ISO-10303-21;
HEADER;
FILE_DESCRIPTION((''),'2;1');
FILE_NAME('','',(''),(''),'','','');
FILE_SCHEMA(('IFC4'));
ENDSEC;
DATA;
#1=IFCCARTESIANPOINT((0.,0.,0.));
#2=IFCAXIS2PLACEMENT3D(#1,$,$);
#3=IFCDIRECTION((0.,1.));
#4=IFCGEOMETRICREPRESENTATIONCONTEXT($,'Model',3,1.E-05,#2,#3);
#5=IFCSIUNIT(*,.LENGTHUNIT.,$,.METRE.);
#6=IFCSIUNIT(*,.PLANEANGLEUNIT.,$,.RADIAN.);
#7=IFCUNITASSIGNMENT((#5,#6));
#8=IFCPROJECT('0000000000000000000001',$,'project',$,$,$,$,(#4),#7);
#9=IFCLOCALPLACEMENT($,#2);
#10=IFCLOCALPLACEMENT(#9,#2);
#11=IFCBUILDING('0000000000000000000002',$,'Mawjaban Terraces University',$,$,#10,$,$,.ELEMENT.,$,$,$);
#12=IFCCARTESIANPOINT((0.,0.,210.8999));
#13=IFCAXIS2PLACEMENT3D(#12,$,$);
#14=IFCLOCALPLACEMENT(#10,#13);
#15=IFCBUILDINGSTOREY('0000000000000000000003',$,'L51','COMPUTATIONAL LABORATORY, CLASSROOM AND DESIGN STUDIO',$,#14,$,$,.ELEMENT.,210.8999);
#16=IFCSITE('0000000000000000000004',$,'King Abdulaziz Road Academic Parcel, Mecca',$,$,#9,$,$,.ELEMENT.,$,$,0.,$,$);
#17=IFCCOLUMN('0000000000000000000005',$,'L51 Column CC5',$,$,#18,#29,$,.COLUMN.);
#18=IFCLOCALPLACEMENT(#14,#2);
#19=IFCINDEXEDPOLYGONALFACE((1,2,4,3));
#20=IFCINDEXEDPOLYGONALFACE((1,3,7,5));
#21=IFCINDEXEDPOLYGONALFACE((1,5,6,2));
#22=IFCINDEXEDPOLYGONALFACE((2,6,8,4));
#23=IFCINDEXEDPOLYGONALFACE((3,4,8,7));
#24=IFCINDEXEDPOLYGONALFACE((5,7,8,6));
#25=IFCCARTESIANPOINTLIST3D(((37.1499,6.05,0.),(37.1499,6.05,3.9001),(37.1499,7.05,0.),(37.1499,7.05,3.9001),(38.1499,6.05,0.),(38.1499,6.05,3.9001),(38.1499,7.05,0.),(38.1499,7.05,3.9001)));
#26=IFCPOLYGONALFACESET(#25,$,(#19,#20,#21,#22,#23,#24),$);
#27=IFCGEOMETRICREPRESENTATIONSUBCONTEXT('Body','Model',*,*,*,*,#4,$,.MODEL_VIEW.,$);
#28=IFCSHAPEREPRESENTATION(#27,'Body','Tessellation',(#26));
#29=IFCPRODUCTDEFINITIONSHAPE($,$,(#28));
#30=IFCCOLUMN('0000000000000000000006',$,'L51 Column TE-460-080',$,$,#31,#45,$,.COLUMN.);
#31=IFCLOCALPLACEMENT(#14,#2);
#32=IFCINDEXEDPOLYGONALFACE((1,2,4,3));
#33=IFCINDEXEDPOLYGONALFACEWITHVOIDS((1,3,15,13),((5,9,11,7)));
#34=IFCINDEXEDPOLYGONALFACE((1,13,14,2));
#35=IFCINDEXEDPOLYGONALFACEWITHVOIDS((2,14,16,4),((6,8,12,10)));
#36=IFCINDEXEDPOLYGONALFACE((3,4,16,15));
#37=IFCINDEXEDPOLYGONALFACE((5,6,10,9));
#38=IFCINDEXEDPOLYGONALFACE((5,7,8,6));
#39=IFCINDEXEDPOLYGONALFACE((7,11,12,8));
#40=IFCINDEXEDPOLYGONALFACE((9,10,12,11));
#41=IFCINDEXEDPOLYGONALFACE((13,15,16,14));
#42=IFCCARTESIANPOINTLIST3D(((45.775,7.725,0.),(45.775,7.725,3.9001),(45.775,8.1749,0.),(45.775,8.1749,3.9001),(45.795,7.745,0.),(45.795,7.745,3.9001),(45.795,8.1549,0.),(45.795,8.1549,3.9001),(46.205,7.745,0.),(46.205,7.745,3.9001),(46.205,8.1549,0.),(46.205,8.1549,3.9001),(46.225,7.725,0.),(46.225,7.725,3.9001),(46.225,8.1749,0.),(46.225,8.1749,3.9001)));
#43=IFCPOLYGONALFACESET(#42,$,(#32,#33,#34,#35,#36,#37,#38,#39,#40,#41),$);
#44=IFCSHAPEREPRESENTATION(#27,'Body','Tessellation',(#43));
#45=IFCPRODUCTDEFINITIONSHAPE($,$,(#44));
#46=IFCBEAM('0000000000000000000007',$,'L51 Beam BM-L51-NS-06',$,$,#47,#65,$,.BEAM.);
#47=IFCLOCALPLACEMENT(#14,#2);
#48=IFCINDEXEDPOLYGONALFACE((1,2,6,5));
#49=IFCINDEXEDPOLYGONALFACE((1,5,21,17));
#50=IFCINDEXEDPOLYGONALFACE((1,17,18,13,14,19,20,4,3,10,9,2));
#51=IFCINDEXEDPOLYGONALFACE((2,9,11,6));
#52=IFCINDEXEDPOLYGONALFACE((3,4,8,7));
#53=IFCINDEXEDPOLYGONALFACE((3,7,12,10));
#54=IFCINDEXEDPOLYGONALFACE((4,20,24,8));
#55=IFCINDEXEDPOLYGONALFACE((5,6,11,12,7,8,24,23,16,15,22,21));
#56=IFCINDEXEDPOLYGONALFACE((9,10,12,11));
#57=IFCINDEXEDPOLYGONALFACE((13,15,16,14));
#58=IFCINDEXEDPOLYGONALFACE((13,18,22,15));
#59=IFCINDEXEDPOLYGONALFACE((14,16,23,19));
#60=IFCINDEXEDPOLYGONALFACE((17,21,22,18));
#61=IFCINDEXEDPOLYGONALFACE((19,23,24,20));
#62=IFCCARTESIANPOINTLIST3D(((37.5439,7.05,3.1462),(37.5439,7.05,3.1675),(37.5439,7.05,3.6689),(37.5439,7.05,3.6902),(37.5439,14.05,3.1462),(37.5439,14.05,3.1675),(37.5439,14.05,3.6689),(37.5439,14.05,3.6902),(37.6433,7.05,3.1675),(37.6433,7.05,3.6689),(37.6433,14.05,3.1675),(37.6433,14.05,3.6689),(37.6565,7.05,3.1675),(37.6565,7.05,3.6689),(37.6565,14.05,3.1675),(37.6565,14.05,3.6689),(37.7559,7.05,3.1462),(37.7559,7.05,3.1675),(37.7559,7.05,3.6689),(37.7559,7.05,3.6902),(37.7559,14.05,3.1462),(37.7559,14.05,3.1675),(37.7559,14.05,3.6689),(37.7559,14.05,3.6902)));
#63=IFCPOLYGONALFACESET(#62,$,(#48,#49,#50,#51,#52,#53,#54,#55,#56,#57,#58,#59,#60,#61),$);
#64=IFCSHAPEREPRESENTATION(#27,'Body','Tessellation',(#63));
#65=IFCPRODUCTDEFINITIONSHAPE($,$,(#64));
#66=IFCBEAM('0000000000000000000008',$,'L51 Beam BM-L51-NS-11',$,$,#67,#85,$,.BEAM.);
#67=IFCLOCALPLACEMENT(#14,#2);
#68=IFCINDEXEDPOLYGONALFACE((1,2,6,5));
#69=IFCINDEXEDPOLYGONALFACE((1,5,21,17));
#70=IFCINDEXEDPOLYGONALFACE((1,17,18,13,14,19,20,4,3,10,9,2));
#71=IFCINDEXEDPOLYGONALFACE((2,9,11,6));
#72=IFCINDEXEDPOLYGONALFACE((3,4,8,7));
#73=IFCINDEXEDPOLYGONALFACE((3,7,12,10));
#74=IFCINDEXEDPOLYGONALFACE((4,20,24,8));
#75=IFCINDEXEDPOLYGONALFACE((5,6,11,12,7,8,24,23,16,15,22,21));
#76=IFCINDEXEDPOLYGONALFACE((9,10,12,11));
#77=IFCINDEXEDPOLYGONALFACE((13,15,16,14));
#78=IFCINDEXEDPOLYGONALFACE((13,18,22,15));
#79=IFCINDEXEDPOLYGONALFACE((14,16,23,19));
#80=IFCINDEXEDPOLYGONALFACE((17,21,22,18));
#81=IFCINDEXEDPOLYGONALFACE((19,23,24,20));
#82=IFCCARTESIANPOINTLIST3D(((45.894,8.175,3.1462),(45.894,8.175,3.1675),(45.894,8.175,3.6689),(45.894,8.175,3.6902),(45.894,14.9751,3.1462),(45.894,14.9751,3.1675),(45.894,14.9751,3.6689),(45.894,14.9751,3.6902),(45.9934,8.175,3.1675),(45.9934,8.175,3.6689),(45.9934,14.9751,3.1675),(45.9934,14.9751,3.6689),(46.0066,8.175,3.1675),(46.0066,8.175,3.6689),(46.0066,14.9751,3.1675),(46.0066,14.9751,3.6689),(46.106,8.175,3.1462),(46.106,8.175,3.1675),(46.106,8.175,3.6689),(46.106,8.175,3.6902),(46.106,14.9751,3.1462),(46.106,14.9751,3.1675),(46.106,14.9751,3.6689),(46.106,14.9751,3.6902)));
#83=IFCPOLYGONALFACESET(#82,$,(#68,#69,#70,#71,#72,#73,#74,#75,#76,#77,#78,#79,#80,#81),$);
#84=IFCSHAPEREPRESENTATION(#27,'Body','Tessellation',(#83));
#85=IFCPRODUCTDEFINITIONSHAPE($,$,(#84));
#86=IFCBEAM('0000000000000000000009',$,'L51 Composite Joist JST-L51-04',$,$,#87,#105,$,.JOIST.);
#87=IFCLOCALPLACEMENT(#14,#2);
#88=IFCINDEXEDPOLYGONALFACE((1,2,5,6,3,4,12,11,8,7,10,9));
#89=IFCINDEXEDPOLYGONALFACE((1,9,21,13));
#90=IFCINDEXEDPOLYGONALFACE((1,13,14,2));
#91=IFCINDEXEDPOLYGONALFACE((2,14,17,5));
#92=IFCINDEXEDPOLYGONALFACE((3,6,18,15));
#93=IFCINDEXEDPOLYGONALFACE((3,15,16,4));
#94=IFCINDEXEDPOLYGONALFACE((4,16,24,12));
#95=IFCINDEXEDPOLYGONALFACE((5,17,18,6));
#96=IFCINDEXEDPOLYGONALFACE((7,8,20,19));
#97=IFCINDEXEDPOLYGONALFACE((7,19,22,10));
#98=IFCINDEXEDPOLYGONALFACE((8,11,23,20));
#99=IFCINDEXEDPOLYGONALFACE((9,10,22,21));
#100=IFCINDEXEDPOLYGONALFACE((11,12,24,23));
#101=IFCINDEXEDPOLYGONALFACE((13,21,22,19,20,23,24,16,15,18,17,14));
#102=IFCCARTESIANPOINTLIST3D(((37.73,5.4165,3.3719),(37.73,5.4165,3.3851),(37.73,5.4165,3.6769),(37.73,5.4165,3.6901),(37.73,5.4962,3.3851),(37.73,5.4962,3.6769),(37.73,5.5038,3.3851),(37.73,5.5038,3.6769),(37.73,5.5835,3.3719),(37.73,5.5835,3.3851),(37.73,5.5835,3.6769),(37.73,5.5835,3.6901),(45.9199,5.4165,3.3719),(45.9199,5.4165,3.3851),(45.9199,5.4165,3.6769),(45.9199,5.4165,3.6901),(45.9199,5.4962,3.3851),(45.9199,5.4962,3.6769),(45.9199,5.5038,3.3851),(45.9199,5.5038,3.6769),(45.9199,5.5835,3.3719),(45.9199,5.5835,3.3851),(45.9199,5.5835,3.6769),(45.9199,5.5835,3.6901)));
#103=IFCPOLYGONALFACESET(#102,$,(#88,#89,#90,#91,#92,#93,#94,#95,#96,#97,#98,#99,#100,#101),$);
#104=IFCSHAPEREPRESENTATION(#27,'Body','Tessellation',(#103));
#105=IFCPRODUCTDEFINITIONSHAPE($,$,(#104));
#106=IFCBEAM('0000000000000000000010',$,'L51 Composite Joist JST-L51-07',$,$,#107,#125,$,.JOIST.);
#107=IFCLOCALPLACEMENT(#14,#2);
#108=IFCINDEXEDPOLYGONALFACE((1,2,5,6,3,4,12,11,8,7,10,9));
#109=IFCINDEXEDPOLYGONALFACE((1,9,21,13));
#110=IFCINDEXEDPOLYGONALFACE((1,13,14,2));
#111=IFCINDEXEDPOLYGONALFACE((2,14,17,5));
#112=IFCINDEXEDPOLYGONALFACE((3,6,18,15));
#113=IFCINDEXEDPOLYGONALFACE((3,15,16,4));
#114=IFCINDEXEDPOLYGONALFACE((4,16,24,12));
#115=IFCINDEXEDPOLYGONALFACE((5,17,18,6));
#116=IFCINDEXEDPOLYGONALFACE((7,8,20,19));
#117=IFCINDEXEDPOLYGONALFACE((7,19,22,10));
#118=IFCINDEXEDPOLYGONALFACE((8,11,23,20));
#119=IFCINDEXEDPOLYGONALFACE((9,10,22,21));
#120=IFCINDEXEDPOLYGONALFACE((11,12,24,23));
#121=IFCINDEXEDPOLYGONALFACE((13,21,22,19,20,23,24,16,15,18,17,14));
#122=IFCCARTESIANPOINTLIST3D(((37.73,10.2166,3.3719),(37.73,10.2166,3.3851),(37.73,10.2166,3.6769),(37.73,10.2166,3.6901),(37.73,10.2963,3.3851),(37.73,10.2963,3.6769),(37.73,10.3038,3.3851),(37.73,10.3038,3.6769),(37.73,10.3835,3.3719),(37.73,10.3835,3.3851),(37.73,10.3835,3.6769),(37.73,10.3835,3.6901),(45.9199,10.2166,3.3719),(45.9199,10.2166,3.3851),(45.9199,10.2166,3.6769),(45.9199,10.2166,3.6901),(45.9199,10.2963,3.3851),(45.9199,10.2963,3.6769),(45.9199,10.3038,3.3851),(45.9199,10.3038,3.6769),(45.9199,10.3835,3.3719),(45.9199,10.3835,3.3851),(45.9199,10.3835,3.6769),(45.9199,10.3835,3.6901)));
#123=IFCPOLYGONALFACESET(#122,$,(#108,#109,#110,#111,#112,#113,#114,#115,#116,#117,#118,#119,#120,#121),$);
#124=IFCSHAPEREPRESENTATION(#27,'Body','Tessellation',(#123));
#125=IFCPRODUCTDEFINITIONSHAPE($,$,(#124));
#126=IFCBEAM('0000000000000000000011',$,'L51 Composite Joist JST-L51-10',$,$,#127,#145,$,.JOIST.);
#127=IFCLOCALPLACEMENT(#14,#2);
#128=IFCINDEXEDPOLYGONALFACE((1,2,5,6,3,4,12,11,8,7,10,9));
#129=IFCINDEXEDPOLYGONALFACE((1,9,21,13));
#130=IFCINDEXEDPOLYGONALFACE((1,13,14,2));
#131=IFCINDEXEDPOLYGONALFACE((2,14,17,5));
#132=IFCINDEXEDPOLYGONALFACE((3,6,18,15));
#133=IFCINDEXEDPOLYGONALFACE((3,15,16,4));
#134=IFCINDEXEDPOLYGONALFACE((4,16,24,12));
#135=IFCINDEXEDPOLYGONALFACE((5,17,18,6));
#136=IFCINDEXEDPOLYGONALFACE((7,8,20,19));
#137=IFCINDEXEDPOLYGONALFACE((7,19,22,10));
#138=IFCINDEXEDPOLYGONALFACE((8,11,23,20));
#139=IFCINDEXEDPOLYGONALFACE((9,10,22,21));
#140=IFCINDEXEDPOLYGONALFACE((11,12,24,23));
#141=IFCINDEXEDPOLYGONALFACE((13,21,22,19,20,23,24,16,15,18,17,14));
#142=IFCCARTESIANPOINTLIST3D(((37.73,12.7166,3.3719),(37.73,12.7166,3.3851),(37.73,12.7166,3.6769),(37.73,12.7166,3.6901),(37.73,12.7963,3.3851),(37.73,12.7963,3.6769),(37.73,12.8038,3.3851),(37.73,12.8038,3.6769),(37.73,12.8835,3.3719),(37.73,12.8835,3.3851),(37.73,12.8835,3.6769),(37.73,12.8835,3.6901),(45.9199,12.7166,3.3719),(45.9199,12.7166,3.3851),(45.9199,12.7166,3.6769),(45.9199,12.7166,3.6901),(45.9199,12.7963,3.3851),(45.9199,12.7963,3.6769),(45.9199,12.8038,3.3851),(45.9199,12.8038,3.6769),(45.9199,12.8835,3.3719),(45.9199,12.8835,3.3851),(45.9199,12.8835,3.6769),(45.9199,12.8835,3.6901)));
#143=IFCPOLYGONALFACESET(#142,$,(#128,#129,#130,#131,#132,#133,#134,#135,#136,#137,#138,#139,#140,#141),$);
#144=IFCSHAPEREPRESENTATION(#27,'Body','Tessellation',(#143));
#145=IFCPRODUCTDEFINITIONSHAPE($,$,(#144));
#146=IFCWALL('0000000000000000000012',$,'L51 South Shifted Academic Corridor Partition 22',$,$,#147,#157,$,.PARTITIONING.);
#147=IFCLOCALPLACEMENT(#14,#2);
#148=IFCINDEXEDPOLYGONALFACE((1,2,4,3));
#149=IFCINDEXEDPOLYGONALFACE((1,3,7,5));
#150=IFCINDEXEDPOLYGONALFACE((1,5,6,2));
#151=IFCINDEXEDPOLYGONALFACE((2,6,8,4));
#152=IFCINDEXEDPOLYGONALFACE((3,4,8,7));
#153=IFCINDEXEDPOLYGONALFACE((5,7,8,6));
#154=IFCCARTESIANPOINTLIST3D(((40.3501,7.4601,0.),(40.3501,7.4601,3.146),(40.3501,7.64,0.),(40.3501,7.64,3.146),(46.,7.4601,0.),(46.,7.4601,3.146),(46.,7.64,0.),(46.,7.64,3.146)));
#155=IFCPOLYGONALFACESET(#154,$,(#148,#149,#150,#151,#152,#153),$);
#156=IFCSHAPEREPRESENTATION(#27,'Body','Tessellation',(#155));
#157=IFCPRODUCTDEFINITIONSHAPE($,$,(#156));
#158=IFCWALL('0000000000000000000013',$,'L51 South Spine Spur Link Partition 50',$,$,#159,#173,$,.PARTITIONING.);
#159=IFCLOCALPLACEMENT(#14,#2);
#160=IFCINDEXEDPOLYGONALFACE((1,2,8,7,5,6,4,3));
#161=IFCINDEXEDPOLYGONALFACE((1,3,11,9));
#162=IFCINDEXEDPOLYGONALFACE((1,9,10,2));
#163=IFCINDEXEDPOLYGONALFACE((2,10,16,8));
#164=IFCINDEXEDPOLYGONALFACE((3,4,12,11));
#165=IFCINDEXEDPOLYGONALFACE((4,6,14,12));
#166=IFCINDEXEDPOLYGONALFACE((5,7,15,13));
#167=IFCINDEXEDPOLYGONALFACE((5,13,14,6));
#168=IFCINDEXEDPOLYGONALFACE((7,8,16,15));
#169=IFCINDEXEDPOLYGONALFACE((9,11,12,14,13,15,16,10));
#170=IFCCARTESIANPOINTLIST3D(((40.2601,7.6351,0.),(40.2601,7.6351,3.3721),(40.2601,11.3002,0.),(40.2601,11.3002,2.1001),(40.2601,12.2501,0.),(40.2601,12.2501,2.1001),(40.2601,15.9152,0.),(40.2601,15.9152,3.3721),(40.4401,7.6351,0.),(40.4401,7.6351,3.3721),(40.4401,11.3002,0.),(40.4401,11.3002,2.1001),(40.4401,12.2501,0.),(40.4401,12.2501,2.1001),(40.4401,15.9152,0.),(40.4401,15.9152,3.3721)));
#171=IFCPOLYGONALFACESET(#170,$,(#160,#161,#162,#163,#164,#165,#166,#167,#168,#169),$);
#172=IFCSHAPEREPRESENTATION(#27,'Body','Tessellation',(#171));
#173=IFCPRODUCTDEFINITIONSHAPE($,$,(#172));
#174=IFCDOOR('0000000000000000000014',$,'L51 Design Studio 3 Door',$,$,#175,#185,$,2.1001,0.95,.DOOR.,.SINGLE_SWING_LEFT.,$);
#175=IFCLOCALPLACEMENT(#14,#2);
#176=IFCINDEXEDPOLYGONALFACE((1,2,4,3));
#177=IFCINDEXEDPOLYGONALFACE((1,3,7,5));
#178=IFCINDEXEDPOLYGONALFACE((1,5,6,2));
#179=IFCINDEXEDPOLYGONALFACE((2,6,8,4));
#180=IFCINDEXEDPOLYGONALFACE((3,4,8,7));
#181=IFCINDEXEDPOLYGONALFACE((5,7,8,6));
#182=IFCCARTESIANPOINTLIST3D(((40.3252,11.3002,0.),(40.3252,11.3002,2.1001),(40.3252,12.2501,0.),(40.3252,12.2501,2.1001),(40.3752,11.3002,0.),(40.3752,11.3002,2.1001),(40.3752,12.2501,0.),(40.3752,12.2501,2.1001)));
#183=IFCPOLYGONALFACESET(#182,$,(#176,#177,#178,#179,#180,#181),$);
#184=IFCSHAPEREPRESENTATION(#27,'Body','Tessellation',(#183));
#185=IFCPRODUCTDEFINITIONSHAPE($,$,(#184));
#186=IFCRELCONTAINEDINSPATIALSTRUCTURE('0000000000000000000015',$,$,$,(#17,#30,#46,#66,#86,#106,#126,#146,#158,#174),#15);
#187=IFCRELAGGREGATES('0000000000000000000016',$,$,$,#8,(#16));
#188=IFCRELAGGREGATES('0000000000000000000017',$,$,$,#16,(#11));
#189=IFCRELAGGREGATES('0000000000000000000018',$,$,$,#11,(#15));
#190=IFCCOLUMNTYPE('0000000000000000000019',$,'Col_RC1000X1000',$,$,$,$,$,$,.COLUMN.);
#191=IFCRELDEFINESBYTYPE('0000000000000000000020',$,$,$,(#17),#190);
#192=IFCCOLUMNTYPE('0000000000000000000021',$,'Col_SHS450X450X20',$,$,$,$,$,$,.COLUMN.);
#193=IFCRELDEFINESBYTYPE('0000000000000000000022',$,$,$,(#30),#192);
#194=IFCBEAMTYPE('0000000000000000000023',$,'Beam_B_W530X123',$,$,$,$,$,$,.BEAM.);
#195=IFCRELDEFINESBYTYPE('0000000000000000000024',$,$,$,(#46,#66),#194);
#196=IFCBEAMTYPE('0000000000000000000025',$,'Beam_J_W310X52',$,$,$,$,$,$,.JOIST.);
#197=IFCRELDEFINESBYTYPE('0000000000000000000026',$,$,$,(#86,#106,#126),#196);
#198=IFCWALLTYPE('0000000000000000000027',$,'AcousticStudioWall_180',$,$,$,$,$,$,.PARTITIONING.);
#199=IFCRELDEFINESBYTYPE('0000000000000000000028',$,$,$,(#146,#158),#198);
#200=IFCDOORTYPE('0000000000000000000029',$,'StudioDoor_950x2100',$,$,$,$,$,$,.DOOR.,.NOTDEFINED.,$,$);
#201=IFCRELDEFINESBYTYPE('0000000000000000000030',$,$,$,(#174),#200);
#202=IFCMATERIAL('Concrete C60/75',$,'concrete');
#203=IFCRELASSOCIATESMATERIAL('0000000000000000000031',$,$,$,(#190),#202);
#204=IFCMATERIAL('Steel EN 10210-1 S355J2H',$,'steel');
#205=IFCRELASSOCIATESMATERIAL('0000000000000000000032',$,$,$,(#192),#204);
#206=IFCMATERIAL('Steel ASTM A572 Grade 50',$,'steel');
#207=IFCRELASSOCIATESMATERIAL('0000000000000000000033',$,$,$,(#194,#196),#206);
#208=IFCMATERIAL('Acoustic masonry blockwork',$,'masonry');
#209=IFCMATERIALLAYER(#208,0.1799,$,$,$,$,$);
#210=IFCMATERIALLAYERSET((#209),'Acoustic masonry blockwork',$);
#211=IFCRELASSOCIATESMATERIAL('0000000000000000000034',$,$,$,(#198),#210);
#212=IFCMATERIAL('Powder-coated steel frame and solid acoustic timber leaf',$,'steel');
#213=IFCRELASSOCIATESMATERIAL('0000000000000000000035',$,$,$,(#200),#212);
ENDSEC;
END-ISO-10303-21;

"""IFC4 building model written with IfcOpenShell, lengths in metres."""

from ifc_helpers import new_model, si_unit, direction, frame, frame_2d, origin, origin_2d, place, context, subcontext, project, spatial, rectangle, hollow_rectangle, i_section, extrude, material, layer, layer_set, material_profile, profile_set, type_object, element, fill, save


model = new_model("IFC4")

# Units and contexts
model_context = context("Model", 3, precision=1e-05, world=origin(), true_north=direction((0.0, 1.0)))
body_context = subcontext(model_context, "Body", "Model", "MODEL_VIEW")
ifc_project = project(units=[si_unit("LENGTHUNIT", "METRE"), si_unit("PLANEANGLEUNIT", "RADIAN")], contexts=[model_context])

# Site, building, storey
site_placement = place(None, origin())
site = spatial("IfcSite", under=ifc_project, at=site_placement, Name="King Abdulaziz Road Academic Parcel, Mecca", CompositionType="ELEMENT", RefElevation=0.0)
building_placement = place(site_placement, origin())
building = spatial("IfcBuilding", under=site, at=building_placement, Name="Mawjaban Terraces University", CompositionType="ELEMENT")
storey_placement = place(building_placement, frame((0.0, 0.0, 210.8999)))
storey = spatial("IfcBuildingStorey", under=building, at=storey_placement, Name="L51", Description="COMPUTATIONAL LABORATORY, CLASSROOM AND DESIGN STUDIO", CompositionType="ELEMENT", Elevation=210.8999)

# Columns
ifc_material_1 = material(Name="Concrete C60/75", Category="concrete")
ifc_material_profile_1 = material_profile(ifc_material_1, rectangle(XDim=1.0, YDim=1.0, at=origin_2d()), Name="RC1000X1000")
ifc_profile_set_1 = profile_set([ifc_material_profile_1], Name="Concrete C60/75")
column_type_1 = type_object("IfcColumnType", Name="Col_RC1000X1000", PredefinedType="COLUMN", material=ifc_profile_set_1)
column_1_placement = place(storey_placement, frame((37.6499, 6.55, 0.0), z_axis=(0.0, 0.0, 1.0), x_axis=(1.0, 0.0, 0.0)))
element("IfcColumn", 1, at=column_1_placement, inside=storey, type_object=column_type_1, Name="L51 Column CC5", PredefinedType="COLUMN", context=body_context, shape_type="SweptSolid", body=[
    extrude(rectangle(XDim=1.0, YDim=1.0, at=origin_2d()), origin(), (0.0, 0.0, 1.0), 3.9001),
])
ifc_material_2 = material(Name="Steel EN 10210-1 S355J2H", Category="steel")
ifc_material_profile_2 = material_profile(ifc_material_2, hollow_rectangle(XDim=0.45, YDim=0.45, WallThickness=0.02, at=origin_2d()), Name="SHS450X450X20")
ifc_profile_set_2 = profile_set([ifc_material_profile_2], Name="Steel EN 10210-1 S355J2H")
column_type_2 = type_object("IfcColumnType", Name="Col_SHS450X450X20", PredefinedType="COLUMN", material=ifc_profile_set_2)
column_2_placement = place(storey_placement, frame((46.0, 7.95, 0.0), z_axis=(0.0, 0.0, 1.0), x_axis=(1.0, 0.0, 0.0)))
element("IfcColumn", 2, at=column_2_placement, inside=storey, type_object=column_type_2, Name="L51 Column TE-460-080", PredefinedType="COLUMN", context=body_context, shape_type="SweptSolid", body=[
    extrude(hollow_rectangle(XDim=0.45, YDim=0.45, WallThickness=0.02, at=origin_2d()), origin(), (0.0, 0.0, 1.0), 3.9001),
])

# Beams
ifc_material_3 = material(Name="Steel ASTM A572 Grade 50", Category="steel")
ifc_material_profile_3 = material_profile(ifc_material_3, i_section(OverallWidth=0.2119, OverallDepth=0.5439, WebThickness=0.0132, FlangeThickness=0.0212, at=origin_2d()), Name="W530X123")
ifc_profile_set_3 = profile_set([ifc_material_profile_3], Name="Steel ASTM A572 Grade 50")
beam_type_1 = type_object("IfcBeamType", Name="Beam_B_W530X123", PredefinedType="BEAM", material=ifc_profile_set_3)
beam_1_placement = place(storey_placement, frame((37.6499, 7.05, 3.4182), z_axis=(0.0, 1.0, 0.0), x_axis=(-1.0, 0.0, 0.0)))
element("IfcBeam", 3, at=beam_1_placement, inside=storey, type_object=beam_type_1, Name="L51 Beam BM-L51-NS-06", PredefinedType="BEAM", context=body_context, shape_type="SweptSolid", body=[
    extrude(i_section(OverallWidth=0.2119, OverallDepth=0.5439, WebThickness=0.0132, FlangeThickness=0.0212, at=origin_2d()), origin(), (0.0, 0.0, 1.0), 7.0),
])
beam_2_placement = place(storey_placement, frame((46.0, 8.175, 3.4182), z_axis=(0.0, 1.0, 0.0), x_axis=(-1.0, 0.0, 0.0)))
element("IfcBeam", 4, at=beam_2_placement, inside=storey, type_object=beam_type_1, Name="L51 Beam BM-L51-NS-11", PredefinedType="BEAM", context=body_context, shape_type="SweptSolid", body=[
    extrude(i_section(OverallWidth=0.2119, OverallDepth=0.5439, WebThickness=0.0132, FlangeThickness=0.0212, at=origin_2d()), origin(), (0.0, 0.0, 1.0), 6.8),
])
ifc_material_profile_4 = material_profile(ifc_material_3, i_section(OverallWidth=0.167, OverallDepth=0.3181, WebThickness=0.0076, FlangeThickness=0.0132, at=origin_2d()), Name="W310X52")
ifc_profile_set_4 = profile_set([ifc_material_profile_4], Name="Steel ASTM A572 Grade 50")
beam_type_2 = type_object("IfcBeamType", Name="Beam_J_W310X52", PredefinedType="JOIST", material=ifc_profile_set_4)
for number, where, z_axis, x_axis, name in (
    (5, (37.73, 5.5, 3.531), (1.0, 0.0, 0.0), (0.0, 1.0, 0.0), "L51 Composite Joist JST-L51-04"),
    (6, (37.73, 10.3, 3.531), (1.0, 0.0, 0.0), (0.0, 1.0, 0.0), "L51 Composite Joist JST-L51-07"),
    (7, (37.73, 12.8, 3.531), (1.0, 0.0, 0.0), (0.0, 1.0, 0.0), "L51 Composite Joist JST-L51-10"),
):
    element("IfcBeam", number, at=place(storey_placement, frame(where, z_axis=z_axis, x_axis=x_axis)), inside=storey, type_object=beam_type_2, Name=name, PredefinedType="JOIST", context=body_context, shape_type="SweptSolid", body=[
        extrude(i_section(OverallWidth=0.167, OverallDepth=0.3181, WebThickness=0.0076, FlangeThickness=0.0132, at=origin_2d()), origin(), (0.0, 0.0, 1.0), 8.1899),
    ])

# Wall
ifc_material_4 = material(Name="Acoustic masonry blockwork", Category="masonry")
ifc_layer_1 = layer(ifc_material_4, 0.1799)
ifc_layer_set_1 = layer_set([ifc_layer_1], Name="Acoustic masonry blockwork")
wall_type_1 = type_object("IfcWallType", Name="AcousticStudioWall_180", PredefinedType="PARTITIONING", material=ifc_layer_set_1)
wall_1_placement = place(storey_placement, frame((46.0, 7.55, 0.0), z_axis=(0.0, 0.0, 1.0), x_axis=(-1.0, 0.0, 0.0)))
element("IfcWall", 8, at=wall_1_placement, inside=storey, type_object=wall_type_1, Name="L51 South Shifted Academic Corridor Partition 22", PredefinedType="PARTITIONING", context=body_context, shape_type="SweptSolid", body=[
    extrude(rectangle(XDim=5.6499, YDim=0.1799, at=frame_2d((2.825, 0.0))), origin(), (0.0, 0.0, 1.0), 3.146),
])

# Wall, opening, door
wall_2_placement = place(storey_placement, frame((40.3501, 7.635, 0.0), z_axis=(0.0, 0.0, 1.0), x_axis=(0.0, 1.0, 0.0)))
wall_2 = element("IfcWall", 9, at=wall_2_placement, inside=storey, type_object=wall_type_1, Name="L51 South Spine Spur Link Partition 50", PredefinedType="PARTITIONING", context=body_context, shape_type="SweptSolid", body=[
    extrude(rectangle(XDim=8.28, YDim=0.1799, at=frame_2d((4.1401, 0.0))), origin(), (0.0, 0.0, 1.0), 3.3721),
])
opening_1_placement = place(wall_2_placement, frame((3.665, 0.0, 0.0)))
opening_1 = element("IfcOpeningElement", 10, at=opening_1_placement, cuts=wall_2, PredefinedType="OPENING", context=body_context, shape_type="SweptSolid", body=[
    extrude(rectangle(XDim=0.95, YDim=2.1001, at=frame_2d((0.4751, 1.05))), frame((0.0, 0.0999, 0.0), z_axis=(0.0, -1.0, 0.0), x_axis=(1.0, 0.0, 0.0)), (0.0, 0.0, 1.0), 0.2),
])
ifc_material_5 = material(Name="Powder-coated steel frame and solid acoustic timber leaf", Category="steel")
door_type_1 = type_object("IfcDoorType", Name="StudioDoor_950x2100", OperationType="NOTDEFINED", PredefinedType="DOOR", material=ifc_material_5)
door_1_placement = place(opening_1_placement, origin())
door_1 = element("IfcDoor", 11, at=door_1_placement, inside=storey, type_object=door_type_1, Name="L51 Design Studio 3 Door", OperationType="SINGLE_SWING_LEFT", OverallHeight=2.1001, OverallWidth=0.95, PredefinedType="DOOR", context=body_context, shape_type="SweptSolid", body=[
    extrude(rectangle(XDim=0.95, YDim=2.1001, at=frame_2d((0.4751, 1.05))), frame((0.0, 0.0249, 0.0), z_axis=(0.0, -1.0, 0.0), x_axis=(1.0, 0.0, 0.0)), (0.0, 0.0, 1.0), 0.05),
])
fill(opening_1, door_1)

save(model, "model.ifc")
